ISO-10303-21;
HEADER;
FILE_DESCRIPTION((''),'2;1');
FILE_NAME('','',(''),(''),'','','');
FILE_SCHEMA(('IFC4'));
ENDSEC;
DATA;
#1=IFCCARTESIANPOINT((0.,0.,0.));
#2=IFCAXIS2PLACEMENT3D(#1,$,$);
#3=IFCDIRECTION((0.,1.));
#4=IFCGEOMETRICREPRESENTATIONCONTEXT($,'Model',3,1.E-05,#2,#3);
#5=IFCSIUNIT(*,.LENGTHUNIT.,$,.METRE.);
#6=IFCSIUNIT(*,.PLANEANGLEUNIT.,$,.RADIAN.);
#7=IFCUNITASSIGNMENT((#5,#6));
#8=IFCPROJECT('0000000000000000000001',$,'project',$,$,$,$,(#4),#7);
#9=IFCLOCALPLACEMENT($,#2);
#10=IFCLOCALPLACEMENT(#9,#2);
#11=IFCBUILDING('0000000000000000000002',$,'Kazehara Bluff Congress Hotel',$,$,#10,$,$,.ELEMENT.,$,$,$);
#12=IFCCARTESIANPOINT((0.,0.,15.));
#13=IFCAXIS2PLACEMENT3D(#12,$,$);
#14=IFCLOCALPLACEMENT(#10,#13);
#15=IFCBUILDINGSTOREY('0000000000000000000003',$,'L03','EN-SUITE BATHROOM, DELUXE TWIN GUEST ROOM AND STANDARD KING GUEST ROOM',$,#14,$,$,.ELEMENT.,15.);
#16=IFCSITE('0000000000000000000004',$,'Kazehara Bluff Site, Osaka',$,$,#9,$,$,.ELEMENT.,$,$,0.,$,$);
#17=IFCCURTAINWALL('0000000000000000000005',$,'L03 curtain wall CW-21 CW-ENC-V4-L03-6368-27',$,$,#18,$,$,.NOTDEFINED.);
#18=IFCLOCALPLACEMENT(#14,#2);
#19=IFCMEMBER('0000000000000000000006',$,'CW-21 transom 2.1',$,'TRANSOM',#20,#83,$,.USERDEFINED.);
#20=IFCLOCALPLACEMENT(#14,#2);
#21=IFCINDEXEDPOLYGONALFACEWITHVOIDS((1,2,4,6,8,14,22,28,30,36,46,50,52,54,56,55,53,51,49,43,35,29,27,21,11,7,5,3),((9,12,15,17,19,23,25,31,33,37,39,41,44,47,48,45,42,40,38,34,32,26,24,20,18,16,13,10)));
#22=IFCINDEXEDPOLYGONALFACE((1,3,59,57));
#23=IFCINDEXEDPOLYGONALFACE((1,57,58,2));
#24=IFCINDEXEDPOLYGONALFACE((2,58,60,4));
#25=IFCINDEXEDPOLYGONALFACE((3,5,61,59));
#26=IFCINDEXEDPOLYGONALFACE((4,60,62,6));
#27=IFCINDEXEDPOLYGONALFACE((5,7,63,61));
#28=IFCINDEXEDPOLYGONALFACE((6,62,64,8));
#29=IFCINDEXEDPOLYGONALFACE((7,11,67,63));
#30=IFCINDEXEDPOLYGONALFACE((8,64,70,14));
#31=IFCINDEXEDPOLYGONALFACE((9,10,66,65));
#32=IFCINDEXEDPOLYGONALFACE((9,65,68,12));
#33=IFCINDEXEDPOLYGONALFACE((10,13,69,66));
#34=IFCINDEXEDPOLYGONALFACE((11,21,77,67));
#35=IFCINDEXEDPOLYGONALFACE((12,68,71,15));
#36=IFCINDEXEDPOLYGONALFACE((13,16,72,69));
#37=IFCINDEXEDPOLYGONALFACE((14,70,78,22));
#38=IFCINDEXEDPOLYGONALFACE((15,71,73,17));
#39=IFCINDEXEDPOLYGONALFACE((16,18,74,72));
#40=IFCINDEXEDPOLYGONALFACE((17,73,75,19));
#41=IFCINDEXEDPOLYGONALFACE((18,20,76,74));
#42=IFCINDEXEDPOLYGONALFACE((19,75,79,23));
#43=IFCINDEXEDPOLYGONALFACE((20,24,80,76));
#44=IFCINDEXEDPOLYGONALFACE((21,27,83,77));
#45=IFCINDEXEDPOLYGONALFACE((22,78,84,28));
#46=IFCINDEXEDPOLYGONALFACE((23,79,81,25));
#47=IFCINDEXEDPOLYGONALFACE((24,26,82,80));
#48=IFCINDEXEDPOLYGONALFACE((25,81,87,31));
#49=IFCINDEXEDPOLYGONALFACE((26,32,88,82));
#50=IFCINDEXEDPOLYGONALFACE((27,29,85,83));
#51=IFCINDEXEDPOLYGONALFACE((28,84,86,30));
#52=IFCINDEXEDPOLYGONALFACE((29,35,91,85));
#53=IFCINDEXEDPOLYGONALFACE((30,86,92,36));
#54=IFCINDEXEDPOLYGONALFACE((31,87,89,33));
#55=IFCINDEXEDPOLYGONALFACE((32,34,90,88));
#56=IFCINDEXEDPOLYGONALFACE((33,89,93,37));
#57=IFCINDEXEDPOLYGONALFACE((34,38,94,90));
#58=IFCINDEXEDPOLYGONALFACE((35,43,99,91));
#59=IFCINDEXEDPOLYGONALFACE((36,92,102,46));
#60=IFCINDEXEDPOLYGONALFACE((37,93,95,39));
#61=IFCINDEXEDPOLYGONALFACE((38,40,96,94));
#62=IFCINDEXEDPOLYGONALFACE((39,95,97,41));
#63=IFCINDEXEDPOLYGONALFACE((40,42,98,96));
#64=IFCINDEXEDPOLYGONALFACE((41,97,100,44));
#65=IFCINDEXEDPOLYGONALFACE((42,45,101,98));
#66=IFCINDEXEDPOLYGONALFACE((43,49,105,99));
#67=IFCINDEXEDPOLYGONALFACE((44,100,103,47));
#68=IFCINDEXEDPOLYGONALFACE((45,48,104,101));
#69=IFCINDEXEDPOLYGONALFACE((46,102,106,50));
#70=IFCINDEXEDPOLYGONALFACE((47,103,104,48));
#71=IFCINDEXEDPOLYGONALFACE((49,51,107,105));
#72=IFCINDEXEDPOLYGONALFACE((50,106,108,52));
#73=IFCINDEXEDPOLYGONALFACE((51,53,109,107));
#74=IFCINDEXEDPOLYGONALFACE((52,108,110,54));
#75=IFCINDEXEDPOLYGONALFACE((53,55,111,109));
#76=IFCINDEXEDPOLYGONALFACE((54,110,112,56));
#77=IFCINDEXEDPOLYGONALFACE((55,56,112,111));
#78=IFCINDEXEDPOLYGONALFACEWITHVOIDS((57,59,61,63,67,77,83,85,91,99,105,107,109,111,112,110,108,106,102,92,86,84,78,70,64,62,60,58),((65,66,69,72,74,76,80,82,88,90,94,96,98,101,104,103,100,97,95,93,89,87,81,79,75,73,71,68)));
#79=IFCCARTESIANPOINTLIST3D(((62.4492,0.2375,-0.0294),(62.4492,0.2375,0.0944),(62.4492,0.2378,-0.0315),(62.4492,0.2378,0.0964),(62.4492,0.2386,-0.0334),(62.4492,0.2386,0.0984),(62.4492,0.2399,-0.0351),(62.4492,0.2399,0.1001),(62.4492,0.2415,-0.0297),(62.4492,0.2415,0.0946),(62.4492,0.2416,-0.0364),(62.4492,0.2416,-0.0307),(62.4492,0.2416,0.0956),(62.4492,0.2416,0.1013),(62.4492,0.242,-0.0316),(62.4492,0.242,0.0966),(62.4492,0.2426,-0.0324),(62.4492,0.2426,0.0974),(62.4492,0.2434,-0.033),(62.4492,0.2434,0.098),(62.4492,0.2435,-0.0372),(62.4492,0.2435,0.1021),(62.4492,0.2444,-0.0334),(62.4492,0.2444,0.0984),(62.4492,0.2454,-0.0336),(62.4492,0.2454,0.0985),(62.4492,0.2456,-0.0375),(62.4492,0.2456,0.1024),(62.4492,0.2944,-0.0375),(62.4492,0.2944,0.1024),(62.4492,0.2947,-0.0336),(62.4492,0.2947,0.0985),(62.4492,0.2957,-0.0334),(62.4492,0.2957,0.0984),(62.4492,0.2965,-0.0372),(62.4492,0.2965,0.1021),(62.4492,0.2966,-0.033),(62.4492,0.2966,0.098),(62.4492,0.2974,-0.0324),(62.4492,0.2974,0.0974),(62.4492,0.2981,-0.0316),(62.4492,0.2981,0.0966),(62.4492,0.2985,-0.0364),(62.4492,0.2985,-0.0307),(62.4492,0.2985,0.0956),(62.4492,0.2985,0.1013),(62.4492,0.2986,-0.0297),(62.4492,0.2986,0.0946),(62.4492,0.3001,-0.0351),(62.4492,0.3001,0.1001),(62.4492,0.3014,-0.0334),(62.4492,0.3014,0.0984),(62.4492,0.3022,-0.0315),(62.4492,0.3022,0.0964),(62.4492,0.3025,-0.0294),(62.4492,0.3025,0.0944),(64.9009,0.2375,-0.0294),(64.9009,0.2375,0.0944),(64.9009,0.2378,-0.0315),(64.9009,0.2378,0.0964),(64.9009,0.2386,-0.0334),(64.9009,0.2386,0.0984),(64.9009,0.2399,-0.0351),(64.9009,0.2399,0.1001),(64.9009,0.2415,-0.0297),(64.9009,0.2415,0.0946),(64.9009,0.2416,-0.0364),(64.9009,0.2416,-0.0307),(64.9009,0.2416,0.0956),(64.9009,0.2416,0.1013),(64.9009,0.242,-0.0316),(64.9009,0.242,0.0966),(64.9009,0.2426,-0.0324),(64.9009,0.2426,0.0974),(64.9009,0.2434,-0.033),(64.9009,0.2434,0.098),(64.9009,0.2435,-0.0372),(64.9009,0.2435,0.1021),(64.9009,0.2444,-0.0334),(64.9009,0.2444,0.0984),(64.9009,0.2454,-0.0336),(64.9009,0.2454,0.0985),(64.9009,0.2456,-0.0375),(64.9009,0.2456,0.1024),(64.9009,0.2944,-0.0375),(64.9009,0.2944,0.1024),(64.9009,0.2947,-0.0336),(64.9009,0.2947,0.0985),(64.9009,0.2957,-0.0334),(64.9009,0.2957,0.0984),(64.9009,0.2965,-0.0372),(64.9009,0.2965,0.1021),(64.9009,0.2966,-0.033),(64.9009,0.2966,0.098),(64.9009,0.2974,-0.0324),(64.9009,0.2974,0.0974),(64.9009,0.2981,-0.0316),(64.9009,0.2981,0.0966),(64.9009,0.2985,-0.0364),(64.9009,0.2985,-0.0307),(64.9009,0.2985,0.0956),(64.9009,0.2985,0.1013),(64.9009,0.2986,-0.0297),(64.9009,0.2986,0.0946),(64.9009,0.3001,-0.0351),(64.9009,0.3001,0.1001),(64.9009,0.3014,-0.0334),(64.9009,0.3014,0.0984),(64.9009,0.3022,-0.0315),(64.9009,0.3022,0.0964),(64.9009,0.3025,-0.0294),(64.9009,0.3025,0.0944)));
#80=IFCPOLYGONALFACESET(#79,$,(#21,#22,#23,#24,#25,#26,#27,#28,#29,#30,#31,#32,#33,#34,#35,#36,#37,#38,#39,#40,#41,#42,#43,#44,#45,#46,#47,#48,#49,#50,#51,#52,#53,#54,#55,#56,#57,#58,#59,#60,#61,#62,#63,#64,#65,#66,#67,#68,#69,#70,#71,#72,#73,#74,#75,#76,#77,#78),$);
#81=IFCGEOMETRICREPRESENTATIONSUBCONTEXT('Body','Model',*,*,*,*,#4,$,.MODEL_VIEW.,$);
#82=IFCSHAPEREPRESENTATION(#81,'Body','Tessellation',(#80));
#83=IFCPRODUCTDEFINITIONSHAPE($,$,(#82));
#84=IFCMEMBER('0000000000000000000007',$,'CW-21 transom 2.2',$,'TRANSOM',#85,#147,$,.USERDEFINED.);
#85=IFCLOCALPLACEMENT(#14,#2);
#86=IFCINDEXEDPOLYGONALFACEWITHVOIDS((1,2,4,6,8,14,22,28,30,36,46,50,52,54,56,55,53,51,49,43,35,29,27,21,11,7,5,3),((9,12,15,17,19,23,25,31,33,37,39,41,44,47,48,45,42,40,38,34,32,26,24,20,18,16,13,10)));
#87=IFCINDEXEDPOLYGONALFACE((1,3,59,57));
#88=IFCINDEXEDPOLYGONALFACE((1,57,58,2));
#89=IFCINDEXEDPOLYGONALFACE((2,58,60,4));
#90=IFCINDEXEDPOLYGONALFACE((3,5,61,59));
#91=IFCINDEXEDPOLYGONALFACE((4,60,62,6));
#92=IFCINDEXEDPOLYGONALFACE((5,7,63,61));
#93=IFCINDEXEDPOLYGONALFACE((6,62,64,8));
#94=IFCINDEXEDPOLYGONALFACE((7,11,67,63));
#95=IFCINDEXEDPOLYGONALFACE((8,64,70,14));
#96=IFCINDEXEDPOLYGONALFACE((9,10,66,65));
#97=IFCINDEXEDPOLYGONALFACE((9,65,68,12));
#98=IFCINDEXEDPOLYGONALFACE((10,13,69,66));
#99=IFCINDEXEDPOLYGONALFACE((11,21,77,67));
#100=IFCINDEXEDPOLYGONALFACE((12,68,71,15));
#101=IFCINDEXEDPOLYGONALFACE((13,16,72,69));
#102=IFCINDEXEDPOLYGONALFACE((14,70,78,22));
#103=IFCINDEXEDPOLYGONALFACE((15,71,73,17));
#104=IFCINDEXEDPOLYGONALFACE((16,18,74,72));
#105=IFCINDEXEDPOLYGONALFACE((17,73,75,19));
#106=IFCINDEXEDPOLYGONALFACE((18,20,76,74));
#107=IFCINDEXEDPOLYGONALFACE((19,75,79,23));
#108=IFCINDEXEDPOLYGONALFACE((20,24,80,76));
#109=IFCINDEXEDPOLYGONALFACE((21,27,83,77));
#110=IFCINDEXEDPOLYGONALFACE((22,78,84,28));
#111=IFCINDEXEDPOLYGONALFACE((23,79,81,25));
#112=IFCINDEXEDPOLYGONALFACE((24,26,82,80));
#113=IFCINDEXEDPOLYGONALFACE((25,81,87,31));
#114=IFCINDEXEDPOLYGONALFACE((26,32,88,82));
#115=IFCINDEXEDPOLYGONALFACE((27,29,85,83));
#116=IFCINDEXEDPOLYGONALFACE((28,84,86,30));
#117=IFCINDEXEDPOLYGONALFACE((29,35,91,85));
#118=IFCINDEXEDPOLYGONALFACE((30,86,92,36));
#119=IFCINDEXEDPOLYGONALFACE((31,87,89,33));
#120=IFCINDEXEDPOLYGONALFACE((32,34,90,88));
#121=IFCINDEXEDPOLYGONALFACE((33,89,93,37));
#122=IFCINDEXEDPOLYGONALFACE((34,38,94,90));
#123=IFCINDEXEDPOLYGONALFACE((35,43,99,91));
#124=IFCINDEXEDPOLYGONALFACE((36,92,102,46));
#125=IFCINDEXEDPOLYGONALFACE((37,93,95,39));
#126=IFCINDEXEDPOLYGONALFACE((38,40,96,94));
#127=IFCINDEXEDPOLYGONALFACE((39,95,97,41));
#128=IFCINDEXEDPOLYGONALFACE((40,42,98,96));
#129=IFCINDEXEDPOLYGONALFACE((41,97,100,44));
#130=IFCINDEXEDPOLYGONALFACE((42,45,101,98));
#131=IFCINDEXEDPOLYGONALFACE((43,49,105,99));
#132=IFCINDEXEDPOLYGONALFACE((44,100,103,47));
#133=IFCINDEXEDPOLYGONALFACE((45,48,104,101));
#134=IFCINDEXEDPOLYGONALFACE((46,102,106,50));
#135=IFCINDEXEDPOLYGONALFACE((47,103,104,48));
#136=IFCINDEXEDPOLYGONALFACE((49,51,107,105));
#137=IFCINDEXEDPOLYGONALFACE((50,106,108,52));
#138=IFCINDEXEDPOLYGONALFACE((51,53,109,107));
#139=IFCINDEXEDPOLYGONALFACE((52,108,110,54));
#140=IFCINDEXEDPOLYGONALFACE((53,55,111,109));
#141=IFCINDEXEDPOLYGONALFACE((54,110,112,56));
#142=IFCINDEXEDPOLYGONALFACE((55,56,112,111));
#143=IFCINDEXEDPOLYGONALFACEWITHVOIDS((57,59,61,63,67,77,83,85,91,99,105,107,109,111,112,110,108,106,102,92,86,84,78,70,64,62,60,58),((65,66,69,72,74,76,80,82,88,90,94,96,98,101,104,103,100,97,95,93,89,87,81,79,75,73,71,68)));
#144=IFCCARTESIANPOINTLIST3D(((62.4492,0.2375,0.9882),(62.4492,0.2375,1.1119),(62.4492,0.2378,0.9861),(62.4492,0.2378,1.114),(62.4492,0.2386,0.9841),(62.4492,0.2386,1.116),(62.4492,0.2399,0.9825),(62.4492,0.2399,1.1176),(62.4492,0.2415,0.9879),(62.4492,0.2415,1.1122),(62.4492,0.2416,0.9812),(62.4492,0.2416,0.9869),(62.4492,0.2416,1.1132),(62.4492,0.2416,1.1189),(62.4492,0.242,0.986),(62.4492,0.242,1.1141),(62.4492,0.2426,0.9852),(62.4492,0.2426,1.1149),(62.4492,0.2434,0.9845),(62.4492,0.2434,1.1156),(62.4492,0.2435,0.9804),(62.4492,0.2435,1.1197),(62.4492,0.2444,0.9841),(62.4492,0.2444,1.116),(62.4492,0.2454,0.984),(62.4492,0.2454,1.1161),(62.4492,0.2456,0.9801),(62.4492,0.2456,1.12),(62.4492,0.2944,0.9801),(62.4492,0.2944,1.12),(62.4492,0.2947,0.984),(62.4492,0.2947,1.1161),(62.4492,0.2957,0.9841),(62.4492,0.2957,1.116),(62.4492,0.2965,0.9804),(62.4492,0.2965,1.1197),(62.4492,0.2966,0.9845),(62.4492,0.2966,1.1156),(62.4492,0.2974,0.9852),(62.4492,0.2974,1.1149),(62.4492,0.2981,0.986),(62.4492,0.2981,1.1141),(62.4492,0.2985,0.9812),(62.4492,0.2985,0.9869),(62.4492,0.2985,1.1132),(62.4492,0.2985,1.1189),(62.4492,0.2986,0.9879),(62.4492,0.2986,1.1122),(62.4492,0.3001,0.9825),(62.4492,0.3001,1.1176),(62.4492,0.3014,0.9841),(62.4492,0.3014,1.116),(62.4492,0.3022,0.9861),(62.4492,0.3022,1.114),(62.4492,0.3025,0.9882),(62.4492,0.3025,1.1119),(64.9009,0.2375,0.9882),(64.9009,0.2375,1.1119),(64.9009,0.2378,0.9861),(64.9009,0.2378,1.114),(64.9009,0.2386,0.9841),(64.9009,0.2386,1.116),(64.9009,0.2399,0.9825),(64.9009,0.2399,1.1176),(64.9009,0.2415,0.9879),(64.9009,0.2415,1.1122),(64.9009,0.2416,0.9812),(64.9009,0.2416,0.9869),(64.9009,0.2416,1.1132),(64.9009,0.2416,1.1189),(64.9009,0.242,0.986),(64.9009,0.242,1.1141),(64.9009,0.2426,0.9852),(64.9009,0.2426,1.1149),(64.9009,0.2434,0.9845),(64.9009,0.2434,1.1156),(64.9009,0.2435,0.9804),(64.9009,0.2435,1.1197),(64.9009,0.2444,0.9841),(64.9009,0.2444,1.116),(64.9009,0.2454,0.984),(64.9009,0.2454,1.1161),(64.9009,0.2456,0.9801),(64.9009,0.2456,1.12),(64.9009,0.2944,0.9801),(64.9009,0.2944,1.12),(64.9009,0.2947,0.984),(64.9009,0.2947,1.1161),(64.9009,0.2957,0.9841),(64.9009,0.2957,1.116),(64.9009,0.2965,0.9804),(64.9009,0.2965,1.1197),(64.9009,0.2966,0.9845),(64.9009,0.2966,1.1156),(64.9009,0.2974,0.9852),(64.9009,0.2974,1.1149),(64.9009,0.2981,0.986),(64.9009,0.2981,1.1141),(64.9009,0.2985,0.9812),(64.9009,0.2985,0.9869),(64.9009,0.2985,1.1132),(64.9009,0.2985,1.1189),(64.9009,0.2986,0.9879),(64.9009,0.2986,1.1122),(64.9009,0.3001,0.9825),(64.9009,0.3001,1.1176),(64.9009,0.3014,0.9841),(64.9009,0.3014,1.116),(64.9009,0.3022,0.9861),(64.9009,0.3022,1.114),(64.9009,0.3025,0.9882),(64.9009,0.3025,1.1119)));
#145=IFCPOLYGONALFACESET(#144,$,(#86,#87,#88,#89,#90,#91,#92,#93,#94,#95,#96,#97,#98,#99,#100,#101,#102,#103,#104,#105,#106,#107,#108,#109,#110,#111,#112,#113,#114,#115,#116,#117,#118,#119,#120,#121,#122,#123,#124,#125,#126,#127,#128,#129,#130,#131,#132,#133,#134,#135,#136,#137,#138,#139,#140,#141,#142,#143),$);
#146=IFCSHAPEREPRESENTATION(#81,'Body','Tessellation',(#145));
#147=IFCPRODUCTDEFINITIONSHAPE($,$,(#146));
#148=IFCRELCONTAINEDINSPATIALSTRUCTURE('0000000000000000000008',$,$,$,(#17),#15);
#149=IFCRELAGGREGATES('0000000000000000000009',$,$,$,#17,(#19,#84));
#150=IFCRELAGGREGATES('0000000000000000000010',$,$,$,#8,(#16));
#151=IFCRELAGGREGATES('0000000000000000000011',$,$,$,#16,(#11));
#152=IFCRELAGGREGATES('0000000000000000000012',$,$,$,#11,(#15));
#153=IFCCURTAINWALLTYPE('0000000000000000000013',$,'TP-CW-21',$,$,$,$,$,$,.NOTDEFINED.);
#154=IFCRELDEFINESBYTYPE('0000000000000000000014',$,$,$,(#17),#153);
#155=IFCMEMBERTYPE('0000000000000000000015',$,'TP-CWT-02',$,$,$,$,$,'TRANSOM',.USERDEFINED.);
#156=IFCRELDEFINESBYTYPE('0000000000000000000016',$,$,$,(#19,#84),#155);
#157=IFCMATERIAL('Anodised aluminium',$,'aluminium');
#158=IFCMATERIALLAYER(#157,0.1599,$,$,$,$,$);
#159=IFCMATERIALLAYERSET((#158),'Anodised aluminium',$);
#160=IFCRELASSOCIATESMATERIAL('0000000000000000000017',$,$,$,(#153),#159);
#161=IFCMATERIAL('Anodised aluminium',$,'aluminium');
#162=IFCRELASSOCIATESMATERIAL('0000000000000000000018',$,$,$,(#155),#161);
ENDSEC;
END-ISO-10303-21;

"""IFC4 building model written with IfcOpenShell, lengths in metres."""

from ifc_helpers import new_model, si_unit, direction, frame, origin, origin_2d, place, context, subcontext, project, spatial, hollow_rectangle, extrude, material, layer, layer_set, material_profile, profile_set, type_object, element, aggregate, save


model = new_model("IFC4")

# Units and contexts
model_context = context("Model", 3, precision=1e-05, world=origin(), true_north=direction((0.0, 1.0)))
body_context = subcontext(model_context, "Body", "Model", "MODEL_VIEW")
ifc_project = project(units=[si_unit("LENGTHUNIT", "METRE"), si_unit("PLANEANGLEUNIT", "RADIAN")], contexts=[model_context])

# Site, building, storey
site_placement = place(None, origin())
site = spatial("IfcSite", under=ifc_project, at=site_placement, Name="Kazehara Bluff Site, Osaka", CompositionType="ELEMENT", RefElevation=0.0)
building_placement = place(site_placement, origin())
building = spatial("IfcBuilding", under=site, at=building_placement, Name="Kazehara Bluff Congress Hotel", CompositionType="ELEMENT")
storey_placement = place(building_placement, frame((0.0, 0.0, 15.0)))
storey = spatial("IfcBuildingStorey", under=building, at=storey_placement, Name="L03", Description="EN-SUITE BATHROOM, DELUXE TWIN GUEST ROOM AND STANDARD KING GUEST ROOM", CompositionType="ELEMENT", Elevation=15.0)

# Curtain wall, members
ifc_material_1 = material(Name="Anodised aluminium", Category="aluminium")
ifc_layer_1 = layer(ifc_material_1, 0.1599)
ifc_layer_set_1 = layer_set([ifc_layer_1], Name="Anodised aluminium")
curtain_wall_type = type_object("IfcCurtainWallType", Name="TP-CW-21", PredefinedType="NOTDEFINED", material=ifc_layer_set_1)
curtain_wall_placement = place(storey_placement, origin())
curtain_wall = element("IfcCurtainWall", 1, at=curtain_wall_placement, inside=storey, type_object=curtain_wall_type, Name="L03 curtain wall CW-21 CW-ENC-V4-L03-6368-27", PredefinedType="NOTDEFINED")
ifc_material_2 = material(Name="Anodised aluminium", Category="aluminium")
ifc_material_profile_1 = material_profile(ifc_material_2, hollow_rectangle(XDim=0.0649, YDim=0.1399, WallThickness=0.0039, InnerFilletRadius=0.0039, OuterFilletRadius=0.0081, at=origin_2d()))
ifc_profile_set_1 = profile_set([ifc_material_profile_1], Name="Anodised aluminium")
member_type_1 = type_object("IfcMemberType", Name="TP-CWT-02", ElementType="TRANSOM", PredefinedType="USERDEFINED", material=ifc_profile_set_1)
member_1_placement = place(storey_placement, frame((64.9009, 0.27, 0.0325), z_axis=(-1.0, 0.0, 0.0), x_axis=(0.0, -1.0, 0.0)))
member_1 = element("IfcMember", 2, at=member_1_placement, type_object=member_type_1, Name="CW-21 transom 2.1", ObjectType="TRANSOM", PredefinedType="USERDEFINED", context=body_context, shape_type="SweptSolid", body=[
    extrude(hollow_rectangle(XDim=0.0649, YDim=0.1399, WallThickness=0.0039, InnerFilletRadius=0.0039, OuterFilletRadius=0.0081, at=origin_2d()), origin(), (0.0, 0.0, 1.0), 2.4517),
])
member_2_placement = place(storey_placement, frame((64.9009, 0.27, 1.05), z_axis=(-1.0, 0.0, 0.0), x_axis=(0.0, -1.0, 0.0)))
member_2 = element("IfcMember", 3, at=member_2_placement, type_object=member_type_1, Name="CW-21 transom 2.2", ObjectType="TRANSOM", PredefinedType="USERDEFINED", context=body_context, shape_type="SweptSolid", body=[
    extrude(hollow_rectangle(XDim=0.0649, YDim=0.1399, WallThickness=0.0039, InnerFilletRadius=0.0039, OuterFilletRadius=0.0081, at=origin_2d()), origin(), (0.0, 0.0, 1.0), 2.4517),
])

aggregate(curtain_wall, [member_1, member_2])

save(model, "model.ifc")
